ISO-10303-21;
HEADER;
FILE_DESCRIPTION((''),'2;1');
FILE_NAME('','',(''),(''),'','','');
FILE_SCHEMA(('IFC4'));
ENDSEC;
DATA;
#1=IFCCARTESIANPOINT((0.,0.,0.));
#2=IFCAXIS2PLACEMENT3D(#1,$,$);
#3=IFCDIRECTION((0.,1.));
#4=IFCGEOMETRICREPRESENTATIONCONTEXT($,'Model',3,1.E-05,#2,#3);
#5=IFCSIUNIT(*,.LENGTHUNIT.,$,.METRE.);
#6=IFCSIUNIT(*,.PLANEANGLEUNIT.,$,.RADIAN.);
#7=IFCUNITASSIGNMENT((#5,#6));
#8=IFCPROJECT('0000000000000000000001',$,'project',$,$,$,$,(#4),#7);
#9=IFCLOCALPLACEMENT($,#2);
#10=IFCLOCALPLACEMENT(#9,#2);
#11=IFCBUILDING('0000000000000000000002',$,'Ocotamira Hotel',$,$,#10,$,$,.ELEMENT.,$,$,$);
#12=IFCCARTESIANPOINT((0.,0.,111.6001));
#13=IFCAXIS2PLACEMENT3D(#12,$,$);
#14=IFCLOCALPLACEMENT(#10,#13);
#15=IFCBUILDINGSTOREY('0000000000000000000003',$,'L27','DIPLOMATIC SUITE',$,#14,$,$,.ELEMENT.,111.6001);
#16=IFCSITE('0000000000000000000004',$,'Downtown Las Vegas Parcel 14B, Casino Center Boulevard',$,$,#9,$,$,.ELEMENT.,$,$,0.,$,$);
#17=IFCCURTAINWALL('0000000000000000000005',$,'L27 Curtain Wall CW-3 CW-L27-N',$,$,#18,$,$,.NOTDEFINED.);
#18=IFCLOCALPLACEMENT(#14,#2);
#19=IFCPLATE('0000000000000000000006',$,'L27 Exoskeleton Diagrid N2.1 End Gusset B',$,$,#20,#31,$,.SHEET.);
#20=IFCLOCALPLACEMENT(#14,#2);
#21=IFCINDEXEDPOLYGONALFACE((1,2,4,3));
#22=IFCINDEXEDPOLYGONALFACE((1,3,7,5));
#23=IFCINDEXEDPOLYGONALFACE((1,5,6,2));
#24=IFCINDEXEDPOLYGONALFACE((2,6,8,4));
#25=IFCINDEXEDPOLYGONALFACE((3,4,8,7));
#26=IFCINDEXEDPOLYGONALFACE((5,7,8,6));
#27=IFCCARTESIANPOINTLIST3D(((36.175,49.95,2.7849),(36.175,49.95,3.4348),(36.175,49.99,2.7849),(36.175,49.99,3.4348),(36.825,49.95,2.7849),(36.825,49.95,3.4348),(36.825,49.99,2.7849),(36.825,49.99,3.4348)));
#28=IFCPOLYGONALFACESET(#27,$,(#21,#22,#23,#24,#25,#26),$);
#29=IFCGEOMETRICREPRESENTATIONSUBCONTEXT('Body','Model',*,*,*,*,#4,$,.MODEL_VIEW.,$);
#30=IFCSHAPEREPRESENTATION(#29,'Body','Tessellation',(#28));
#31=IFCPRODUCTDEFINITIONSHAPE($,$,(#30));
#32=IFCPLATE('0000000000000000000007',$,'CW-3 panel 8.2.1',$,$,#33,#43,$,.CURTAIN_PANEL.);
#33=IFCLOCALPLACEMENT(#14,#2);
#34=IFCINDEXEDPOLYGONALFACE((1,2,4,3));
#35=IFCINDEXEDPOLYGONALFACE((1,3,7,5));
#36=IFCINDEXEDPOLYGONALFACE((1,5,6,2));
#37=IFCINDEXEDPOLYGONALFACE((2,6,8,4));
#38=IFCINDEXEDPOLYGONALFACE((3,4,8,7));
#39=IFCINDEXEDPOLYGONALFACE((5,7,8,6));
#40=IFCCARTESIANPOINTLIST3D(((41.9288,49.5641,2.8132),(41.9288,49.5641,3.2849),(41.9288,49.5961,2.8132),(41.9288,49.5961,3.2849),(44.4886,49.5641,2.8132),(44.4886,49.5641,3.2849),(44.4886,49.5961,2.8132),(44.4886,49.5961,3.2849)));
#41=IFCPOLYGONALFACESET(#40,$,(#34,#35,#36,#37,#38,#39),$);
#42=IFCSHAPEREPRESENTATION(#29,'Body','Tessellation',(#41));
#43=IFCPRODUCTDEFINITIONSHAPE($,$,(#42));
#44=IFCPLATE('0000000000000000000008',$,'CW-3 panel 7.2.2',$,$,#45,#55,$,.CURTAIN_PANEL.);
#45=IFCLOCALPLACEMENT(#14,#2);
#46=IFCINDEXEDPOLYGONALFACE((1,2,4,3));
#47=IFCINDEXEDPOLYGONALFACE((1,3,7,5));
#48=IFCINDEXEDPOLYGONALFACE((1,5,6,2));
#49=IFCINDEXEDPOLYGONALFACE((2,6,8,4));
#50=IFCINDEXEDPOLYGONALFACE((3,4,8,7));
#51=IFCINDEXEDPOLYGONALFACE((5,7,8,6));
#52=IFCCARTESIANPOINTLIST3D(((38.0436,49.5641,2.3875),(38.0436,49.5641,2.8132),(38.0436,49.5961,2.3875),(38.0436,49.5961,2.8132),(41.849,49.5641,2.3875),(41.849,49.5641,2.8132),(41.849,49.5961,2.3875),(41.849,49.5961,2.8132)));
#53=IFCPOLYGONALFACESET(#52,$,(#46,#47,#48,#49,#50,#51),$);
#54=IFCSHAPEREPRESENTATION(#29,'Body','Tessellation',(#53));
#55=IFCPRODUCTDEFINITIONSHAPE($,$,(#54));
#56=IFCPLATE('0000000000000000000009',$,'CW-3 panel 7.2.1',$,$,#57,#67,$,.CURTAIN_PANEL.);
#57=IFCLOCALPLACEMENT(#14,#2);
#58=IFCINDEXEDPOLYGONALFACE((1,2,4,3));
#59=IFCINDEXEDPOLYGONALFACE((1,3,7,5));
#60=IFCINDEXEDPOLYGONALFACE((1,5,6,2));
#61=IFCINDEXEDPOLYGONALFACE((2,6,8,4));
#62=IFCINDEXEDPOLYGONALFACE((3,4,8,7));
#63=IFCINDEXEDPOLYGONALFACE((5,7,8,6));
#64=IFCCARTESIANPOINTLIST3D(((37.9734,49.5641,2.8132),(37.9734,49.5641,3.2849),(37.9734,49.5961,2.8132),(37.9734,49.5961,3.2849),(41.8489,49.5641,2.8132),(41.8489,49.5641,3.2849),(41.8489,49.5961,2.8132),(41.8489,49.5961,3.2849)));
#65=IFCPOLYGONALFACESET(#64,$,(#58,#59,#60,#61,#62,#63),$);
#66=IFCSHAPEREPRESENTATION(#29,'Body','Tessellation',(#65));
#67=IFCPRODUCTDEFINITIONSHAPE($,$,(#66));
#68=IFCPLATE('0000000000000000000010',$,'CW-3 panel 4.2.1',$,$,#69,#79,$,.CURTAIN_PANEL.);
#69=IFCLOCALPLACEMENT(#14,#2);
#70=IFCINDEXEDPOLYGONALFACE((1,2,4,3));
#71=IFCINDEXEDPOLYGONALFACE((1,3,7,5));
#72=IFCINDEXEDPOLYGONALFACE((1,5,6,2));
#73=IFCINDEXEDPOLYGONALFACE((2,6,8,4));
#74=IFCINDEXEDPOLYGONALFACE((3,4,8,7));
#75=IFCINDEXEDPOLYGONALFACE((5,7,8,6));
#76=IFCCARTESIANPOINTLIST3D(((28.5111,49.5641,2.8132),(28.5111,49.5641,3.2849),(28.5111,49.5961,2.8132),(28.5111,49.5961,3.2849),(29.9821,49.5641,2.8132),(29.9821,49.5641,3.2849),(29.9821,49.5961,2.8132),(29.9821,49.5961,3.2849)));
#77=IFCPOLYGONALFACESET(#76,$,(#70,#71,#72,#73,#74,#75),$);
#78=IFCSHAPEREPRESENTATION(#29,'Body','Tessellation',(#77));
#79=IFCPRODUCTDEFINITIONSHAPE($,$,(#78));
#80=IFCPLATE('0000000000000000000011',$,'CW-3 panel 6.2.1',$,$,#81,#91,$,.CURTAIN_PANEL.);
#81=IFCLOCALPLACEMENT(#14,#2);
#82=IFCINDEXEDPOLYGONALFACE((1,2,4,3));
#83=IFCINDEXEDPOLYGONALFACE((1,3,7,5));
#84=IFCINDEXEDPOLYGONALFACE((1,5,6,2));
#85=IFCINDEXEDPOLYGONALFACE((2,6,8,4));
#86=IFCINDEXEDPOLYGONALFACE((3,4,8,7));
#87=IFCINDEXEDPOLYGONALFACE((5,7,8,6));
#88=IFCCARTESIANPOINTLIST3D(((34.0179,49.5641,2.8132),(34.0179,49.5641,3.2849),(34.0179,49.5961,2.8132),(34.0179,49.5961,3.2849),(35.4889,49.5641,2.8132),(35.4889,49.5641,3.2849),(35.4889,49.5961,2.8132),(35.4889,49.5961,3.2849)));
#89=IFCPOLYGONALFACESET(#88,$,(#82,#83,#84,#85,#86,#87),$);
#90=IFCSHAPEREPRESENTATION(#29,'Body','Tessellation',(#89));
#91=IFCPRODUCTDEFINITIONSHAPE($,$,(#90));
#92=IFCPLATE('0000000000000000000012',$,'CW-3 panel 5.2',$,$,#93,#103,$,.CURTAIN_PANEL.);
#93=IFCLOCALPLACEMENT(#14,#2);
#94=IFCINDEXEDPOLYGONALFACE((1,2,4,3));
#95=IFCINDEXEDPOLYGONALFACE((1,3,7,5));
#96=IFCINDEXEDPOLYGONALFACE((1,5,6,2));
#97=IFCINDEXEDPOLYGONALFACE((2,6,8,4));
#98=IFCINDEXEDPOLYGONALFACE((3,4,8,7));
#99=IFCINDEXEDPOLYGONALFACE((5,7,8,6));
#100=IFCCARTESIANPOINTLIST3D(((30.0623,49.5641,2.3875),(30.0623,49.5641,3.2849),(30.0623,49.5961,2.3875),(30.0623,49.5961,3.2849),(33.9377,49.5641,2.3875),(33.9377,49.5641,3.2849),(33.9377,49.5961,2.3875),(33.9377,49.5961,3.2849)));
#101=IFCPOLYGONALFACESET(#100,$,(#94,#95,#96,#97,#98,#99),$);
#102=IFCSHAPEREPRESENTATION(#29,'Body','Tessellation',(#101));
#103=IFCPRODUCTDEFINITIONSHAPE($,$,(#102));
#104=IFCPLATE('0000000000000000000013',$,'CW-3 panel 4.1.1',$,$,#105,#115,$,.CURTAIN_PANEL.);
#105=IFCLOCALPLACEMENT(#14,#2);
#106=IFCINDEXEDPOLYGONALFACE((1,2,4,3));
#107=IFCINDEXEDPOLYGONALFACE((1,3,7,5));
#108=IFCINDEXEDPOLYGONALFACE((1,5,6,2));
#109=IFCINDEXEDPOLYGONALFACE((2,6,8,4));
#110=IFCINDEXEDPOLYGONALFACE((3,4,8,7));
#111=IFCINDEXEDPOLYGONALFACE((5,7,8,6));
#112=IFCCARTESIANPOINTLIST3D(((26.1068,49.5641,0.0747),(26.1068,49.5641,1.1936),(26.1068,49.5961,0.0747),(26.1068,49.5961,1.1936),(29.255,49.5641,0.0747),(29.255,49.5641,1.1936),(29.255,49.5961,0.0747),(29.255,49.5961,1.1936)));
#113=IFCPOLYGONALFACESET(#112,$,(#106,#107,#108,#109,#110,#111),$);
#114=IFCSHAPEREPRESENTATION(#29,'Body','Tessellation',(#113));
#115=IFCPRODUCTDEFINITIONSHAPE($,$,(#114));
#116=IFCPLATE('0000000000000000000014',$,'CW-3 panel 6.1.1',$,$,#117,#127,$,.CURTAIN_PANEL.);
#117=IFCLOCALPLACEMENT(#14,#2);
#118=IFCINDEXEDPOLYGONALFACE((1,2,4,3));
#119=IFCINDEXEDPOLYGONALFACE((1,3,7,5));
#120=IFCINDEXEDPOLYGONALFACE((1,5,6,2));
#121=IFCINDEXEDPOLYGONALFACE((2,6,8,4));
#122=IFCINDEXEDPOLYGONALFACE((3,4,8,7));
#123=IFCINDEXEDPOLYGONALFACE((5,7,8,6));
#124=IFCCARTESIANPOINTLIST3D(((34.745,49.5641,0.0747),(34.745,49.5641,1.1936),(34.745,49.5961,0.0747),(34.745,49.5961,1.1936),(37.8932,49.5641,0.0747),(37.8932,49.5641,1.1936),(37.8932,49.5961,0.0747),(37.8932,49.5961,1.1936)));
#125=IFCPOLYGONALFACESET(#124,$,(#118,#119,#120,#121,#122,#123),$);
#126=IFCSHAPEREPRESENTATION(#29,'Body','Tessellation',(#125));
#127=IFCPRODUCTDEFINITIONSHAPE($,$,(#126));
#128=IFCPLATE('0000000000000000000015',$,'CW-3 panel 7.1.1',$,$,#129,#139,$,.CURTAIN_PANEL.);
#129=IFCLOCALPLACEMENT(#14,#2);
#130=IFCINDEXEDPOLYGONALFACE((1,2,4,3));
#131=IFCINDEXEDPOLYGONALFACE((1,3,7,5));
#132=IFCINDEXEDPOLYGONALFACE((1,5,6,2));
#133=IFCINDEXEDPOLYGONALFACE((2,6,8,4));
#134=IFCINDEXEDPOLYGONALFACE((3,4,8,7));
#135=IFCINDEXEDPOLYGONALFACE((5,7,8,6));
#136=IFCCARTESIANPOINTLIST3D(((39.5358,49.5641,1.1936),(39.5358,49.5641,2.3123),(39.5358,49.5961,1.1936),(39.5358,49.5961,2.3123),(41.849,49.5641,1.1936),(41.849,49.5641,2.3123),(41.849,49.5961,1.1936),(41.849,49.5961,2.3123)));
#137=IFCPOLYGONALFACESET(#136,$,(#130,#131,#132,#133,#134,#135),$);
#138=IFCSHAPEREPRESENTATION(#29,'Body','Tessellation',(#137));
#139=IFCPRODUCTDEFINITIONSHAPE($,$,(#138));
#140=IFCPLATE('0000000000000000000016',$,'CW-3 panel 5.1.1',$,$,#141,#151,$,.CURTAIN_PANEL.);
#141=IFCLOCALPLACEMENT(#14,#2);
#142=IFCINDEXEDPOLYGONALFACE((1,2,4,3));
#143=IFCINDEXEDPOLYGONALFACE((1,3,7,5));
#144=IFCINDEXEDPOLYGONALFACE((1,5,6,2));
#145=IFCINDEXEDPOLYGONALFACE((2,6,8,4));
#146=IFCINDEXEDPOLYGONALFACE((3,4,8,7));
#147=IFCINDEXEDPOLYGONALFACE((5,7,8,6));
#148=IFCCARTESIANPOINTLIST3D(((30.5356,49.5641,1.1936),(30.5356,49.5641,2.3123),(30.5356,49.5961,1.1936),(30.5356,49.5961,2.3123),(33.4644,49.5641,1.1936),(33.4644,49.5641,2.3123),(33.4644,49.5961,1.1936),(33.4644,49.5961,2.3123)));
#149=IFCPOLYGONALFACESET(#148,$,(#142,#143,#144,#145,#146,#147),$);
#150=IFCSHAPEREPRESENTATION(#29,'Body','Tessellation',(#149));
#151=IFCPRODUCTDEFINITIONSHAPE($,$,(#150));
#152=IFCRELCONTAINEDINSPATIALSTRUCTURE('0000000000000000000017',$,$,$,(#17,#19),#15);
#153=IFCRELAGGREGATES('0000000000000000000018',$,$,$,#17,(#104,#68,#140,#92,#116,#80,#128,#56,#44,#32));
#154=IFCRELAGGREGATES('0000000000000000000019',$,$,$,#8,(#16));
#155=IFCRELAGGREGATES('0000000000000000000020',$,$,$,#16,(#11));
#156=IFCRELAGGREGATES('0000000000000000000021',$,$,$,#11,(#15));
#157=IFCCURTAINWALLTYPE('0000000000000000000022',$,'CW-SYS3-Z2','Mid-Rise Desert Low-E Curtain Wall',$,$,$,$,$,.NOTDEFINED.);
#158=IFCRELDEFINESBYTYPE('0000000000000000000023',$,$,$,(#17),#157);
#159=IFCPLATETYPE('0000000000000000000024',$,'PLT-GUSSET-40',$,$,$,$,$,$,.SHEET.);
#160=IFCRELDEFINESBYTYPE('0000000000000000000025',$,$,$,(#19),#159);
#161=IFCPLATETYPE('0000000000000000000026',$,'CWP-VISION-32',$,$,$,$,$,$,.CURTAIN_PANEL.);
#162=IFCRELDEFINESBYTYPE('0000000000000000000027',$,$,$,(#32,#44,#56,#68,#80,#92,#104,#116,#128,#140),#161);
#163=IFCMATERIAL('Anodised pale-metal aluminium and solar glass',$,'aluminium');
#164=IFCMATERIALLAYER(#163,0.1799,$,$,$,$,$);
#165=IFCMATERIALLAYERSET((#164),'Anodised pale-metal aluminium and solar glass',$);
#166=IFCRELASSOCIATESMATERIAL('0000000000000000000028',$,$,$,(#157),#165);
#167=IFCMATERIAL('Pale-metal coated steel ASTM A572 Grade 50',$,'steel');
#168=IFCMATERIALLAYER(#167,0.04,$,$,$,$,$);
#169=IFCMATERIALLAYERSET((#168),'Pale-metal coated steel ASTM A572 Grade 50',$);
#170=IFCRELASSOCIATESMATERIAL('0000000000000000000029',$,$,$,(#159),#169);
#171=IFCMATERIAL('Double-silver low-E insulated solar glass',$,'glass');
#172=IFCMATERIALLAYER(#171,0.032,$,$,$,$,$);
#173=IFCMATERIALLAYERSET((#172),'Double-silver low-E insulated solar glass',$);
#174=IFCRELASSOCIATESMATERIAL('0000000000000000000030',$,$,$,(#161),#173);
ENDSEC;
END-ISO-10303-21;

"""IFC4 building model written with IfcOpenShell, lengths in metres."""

from ifc_helpers import new_model, si_unit, direction, frame, origin, origin_2d, place, context, subcontext, project, spatial, rectangle, extrude, source, transform, mapped, material, layer, layer_set, type_object, element, aggregate, save


model = new_model("IFC4")

# Units and contexts
model_context = context("Model", 3, precision=1e-05, world=origin(), true_north=direction((0.0, 1.0)))
body_context = subcontext(model_context, "Body", "Model", "MODEL_VIEW")
ifc_project = project(units=[si_unit("LENGTHUNIT", "METRE"), si_unit("PLANEANGLEUNIT", "RADIAN")], contexts=[model_context])

# Site, building, storey
site_placement = place(None, origin())
site = spatial("IfcSite", under=ifc_project, at=site_placement, Name="Downtown Las Vegas Parcel 14B, Casino Center Boulevard", CompositionType="ELEMENT", RefElevation=0.0)
building_placement = place(site_placement, origin())
building = spatial("IfcBuilding", under=site, at=building_placement, Name="Ocotamira Hotel", CompositionType="ELEMENT")
storey_placement = place(building_placement, frame((0.0, 0.0, 111.6001)))
storey = spatial("IfcBuildingStorey", under=building, at=storey_placement, Name="L27", Description="DIPLOMATIC SUITE", CompositionType="ELEMENT", Elevation=111.6001)

# Curtain wall
ifc_material_1 = material(Name="Anodised pale-metal aluminium and solar glass", Category="aluminium")
ifc_layer_1 = layer(ifc_material_1, 0.1799)
ifc_layer_set_1 = layer_set([ifc_layer_1], Name="Anodised pale-metal aluminium and solar glass")
curtain_wall_type = type_object("IfcCurtainWallType", Name="CW-SYS3-Z2", Description="Mid-Rise Desert Low-E Curtain Wall", PredefinedType="NOTDEFINED", material=ifc_layer_set_1)
curtain_wall_placement = place(storey_placement, origin())
curtain_wall = element("IfcCurtainWall", 1, at=curtain_wall_placement, inside=storey, type_object=curtain_wall_type, Name="L27 Curtain Wall CW-3 CW-L27-N", PredefinedType="NOTDEFINED")

# Plate
ifc_material_2 = material(Name="Pale-metal coated steel ASTM A572 Grade 50", Category="steel")
ifc_layer_2 = layer(ifc_material_2, 0.04)
ifc_layer_set_2 = layer_set([ifc_layer_2], Name="Pale-metal coated steel ASTM A572 Grade 50")
plate_type_1 = type_object("IfcPlateType", Name="PLT-GUSSET-40", PredefinedType="SHEET", material=ifc_layer_set_2)
shared_shape_1 = source(origin(), body_context, "Body", "SweptSolid", [
    extrude(rectangle(XDim=0.6499, YDim=0.04, at=origin_2d()), origin(), (0.0, 0.0, 1.0), 0.6499),
])
for number, where, z_axis, x_axis, name in (
    (2, (36.5, 49.97, 2.7849), (0.0, 0.0, 1.0), (1.0, 0.0, 0.0), "L27 Exoskeleton Diagrid N2.1 End Gusset B"),
):
    element("IfcPlate", number, at=place(storey_placement, frame(where, z_axis=z_axis, x_axis=x_axis)), inside=storey, type_object=plate_type_1, Name=name, PredefinedType="SHEET", context=body_context, shape_type="MappedRepresentation", body=[
        mapped(shared_shape_1, transform((0.0, 0.0, 0.0), scale=1.0)),
    ])

# Plates
ifc_material_3 = material(Name="Double-silver low-E insulated solar glass", Category="glass")
ifc_layer_3 = layer(ifc_material_3, 0.032)
ifc_layer_set_3 = layer_set([ifc_layer_3], Name="Double-silver low-E insulated solar glass")
plate_type_2 = type_object("IfcPlateType", Name="CWP-VISION-32", PredefinedType="CURTAIN_PANEL", material=ifc_layer_set_3)
shared_shape_2 = source(origin(), body_context, "Body", "SweptSolid", [
    extrude(rectangle(XDim=2.5598, YDim=0.032, at=origin_2d()), origin(), (0.0, 0.0, 1.0), 0.4717),
])
plate_1_placement = place(storey_placement, frame((43.2087, 49.5801, 2.8132), z_axis=(0.0, 0.0, 1.0), x_axis=(1.0, 0.0, 0.0)))
plate_1 = element("IfcPlate", 3, at=plate_1_placement, type_object=plate_type_2, Name="CW-3 panel 8.2.1", PredefinedType="CURTAIN_PANEL", context=body_context, shape_type="MappedRepresentation", body=[
    mapped(shared_shape_2, transform((0.0, 0.0, 0.0), scale=1.0)),
])
shared_shape_3 = source(origin(), body_context, "Body", "SweptSolid", [
    extrude(rectangle(XDim=3.8054, YDim=0.032, at=origin_2d()), origin(), (0.0, 0.0, 1.0), 0.4258),
])
plate_2_placement = place(storey_placement, frame((39.9463, 49.5801, 2.3875), z_axis=(0.0, 0.0, 1.0), x_axis=(1.0, 0.0, 0.0)))
plate_2 = element("IfcPlate", 4, at=plate_2_placement, type_object=plate_type_2, Name="CW-3 panel 7.2.2", PredefinedType="CURTAIN_PANEL", context=body_context, shape_type="MappedRepresentation", body=[
    mapped(shared_shape_3, transform((0.0, 0.0, 0.0), scale=1.0)),
])
shared_shape_4 = source(origin(), body_context, "Body", "SweptSolid", [
    extrude(rectangle(XDim=3.8755, YDim=0.032, at=origin_2d()), origin(), (0.0, 0.0, 1.0), 0.4717),
])
plate_3_placement = place(storey_placement, frame((39.9111, 49.5801, 2.8132), z_axis=(0.0, 0.0, 1.0), x_axis=(1.0, 0.0, 0.0)))
plate_3 = element("IfcPlate", 5, at=plate_3_placement, type_object=plate_type_2, Name="CW-3 panel 7.2.1", PredefinedType="CURTAIN_PANEL", context=body_context, shape_type="MappedRepresentation", body=[
    mapped(shared_shape_4, transform((0.0, 0.0, 0.0), scale=1.0)),
])
shared_shape_5 = source(origin(), body_context, "Body", "SweptSolid", [
    extrude(rectangle(XDim=1.4709, YDim=0.032, at=origin_2d()), origin(), (0.0, 0.0, 1.0), 0.4717),
])
plate_4_placement = place(storey_placement, frame((29.2466, 49.5801, 2.8132), z_axis=(0.0, 0.0, 1.0), x_axis=(1.0, 0.0, 0.0)))
plate_4 = element("IfcPlate", 6, at=plate_4_placement, type_object=plate_type_2, Name="CW-3 panel 4.2.1", PredefinedType="CURTAIN_PANEL", context=body_context, shape_type="MappedRepresentation", body=[
    mapped(shared_shape_5, transform((0.0, 0.0, 0.0), scale=1.0)),
])
plate_5_placement = place(storey_placement, frame((34.7534, 49.5801, 2.8132), z_axis=(0.0, 0.0, 1.0), x_axis=(1.0, 0.0, 0.0)))
plate_5 = element("IfcPlate", 7, at=plate_5_placement, type_object=plate_type_2, Name="CW-3 panel 6.2.1", PredefinedType="CURTAIN_PANEL", context=body_context, shape_type="MappedRepresentation", body=[
    mapped(shared_shape_5, transform((0.0, 0.0, 0.0), scale=1.0)),
])
shared_shape_6 = source(origin(), body_context, "Body", "SweptSolid", [
    extrude(rectangle(XDim=3.8755, YDim=0.032, at=origin_2d()), origin(), (0.0, 0.0, 1.0), 0.8975),
])
plate_6_placement = place(storey_placement, frame((32.0, 49.5801, 2.3875), z_axis=(0.0, 0.0, 1.0), x_axis=(1.0, 0.0, 0.0)))
plate_6 = element("IfcPlate", 8, at=plate_6_placement, type_object=plate_type_2, Name="CW-3 panel 5.2", PredefinedType="CURTAIN_PANEL", context=body_context, shape_type="MappedRepresentation", body=[
    mapped(shared_shape_6, transform((0.0, 0.0, 0.0), scale=1.0)),
])
shared_shape_7 = source(origin(), body_context, "Body", "SweptSolid", [
    extrude(rectangle(XDim=3.1482, YDim=0.032, at=origin_2d()), origin(), (0.0, 0.0, 1.0), 1.1189),
])
plate_7_placement = place(storey_placement, frame((27.6809, 49.5801, 0.0747), z_axis=(0.0, 0.0, 1.0), x_axis=(1.0, 0.0, 0.0)))
plate_7 = element("IfcPlate", 9, at=plate_7_placement, type_object=plate_type_2, Name="CW-3 panel 4.1.1", PredefinedType="CURTAIN_PANEL", context=body_context, shape_type="MappedRepresentation", body=[
    mapped(shared_shape_7, transform((0.0, 0.0, 0.0), scale=1.0)),
])
plate_8_placement = place(storey_placement, frame((36.3191, 49.5801, 0.0747), z_axis=(0.0, 0.0, 1.0), x_axis=(1.0, 0.0, 0.0)))
plate_8 = element("IfcPlate", 10, at=plate_8_placement, type_object=plate_type_2, Name="CW-3 panel 6.1.1", PredefinedType="CURTAIN_PANEL", context=body_context, shape_type="MappedRepresentation", body=[
    mapped(shared_shape_7, transform((0.0, 0.0, 0.0), scale=1.0)),
])
shared_shape_8 = source(origin(), body_context, "Body", "SweptSolid", [
    extrude(rectangle(XDim=2.3132, YDim=0.032, at=origin_2d()), origin(), (0.0, 0.0, 1.0), 1.1187),
])
plate_9_placement = place(storey_placement, frame((40.6924, 49.5801, 1.1936), z_axis=(0.0, 0.0, 1.0), x_axis=(1.0, 0.0, 0.0)))
plate_9 = element("IfcPlate", 11, at=plate_9_placement, type_object=plate_type_2, Name="CW-3 panel 7.1.1", PredefinedType="CURTAIN_PANEL", context=body_context, shape_type="MappedRepresentation", body=[
    mapped(shared_shape_8, transform((0.0, 0.0, 0.0), scale=1.0)),
])
shared_shape_9 = source(origin(), body_context, "Body", "SweptSolid", [
    extrude(rectangle(XDim=2.9287, YDim=0.032, at=origin_2d()), origin(), (0.0, 0.0, 1.0), 1.1187),
])
plate_10_placement = place(storey_placement, frame((32.0, 49.5801, 1.1936), z_axis=(0.0, 0.0, 1.0), x_axis=(1.0, 0.0, 0.0)))
plate_10 = element("IfcPlate", 12, at=plate_10_placement, type_object=plate_type_2, Name="CW-3 panel 5.1.1", PredefinedType="CURTAIN_PANEL", context=body_context, shape_type="MappedRepresentation", body=[
    mapped(shared_shape_9, transform((0.0, 0.0, 0.0), scale=1.0)),
])
aggregate(curtain_wall, [plate_7, plate_4, plate_10, plate_6, plate_8, plate_5, plate_9, plate_3, plate_2, plate_1])

save(model, "model.ifc")
